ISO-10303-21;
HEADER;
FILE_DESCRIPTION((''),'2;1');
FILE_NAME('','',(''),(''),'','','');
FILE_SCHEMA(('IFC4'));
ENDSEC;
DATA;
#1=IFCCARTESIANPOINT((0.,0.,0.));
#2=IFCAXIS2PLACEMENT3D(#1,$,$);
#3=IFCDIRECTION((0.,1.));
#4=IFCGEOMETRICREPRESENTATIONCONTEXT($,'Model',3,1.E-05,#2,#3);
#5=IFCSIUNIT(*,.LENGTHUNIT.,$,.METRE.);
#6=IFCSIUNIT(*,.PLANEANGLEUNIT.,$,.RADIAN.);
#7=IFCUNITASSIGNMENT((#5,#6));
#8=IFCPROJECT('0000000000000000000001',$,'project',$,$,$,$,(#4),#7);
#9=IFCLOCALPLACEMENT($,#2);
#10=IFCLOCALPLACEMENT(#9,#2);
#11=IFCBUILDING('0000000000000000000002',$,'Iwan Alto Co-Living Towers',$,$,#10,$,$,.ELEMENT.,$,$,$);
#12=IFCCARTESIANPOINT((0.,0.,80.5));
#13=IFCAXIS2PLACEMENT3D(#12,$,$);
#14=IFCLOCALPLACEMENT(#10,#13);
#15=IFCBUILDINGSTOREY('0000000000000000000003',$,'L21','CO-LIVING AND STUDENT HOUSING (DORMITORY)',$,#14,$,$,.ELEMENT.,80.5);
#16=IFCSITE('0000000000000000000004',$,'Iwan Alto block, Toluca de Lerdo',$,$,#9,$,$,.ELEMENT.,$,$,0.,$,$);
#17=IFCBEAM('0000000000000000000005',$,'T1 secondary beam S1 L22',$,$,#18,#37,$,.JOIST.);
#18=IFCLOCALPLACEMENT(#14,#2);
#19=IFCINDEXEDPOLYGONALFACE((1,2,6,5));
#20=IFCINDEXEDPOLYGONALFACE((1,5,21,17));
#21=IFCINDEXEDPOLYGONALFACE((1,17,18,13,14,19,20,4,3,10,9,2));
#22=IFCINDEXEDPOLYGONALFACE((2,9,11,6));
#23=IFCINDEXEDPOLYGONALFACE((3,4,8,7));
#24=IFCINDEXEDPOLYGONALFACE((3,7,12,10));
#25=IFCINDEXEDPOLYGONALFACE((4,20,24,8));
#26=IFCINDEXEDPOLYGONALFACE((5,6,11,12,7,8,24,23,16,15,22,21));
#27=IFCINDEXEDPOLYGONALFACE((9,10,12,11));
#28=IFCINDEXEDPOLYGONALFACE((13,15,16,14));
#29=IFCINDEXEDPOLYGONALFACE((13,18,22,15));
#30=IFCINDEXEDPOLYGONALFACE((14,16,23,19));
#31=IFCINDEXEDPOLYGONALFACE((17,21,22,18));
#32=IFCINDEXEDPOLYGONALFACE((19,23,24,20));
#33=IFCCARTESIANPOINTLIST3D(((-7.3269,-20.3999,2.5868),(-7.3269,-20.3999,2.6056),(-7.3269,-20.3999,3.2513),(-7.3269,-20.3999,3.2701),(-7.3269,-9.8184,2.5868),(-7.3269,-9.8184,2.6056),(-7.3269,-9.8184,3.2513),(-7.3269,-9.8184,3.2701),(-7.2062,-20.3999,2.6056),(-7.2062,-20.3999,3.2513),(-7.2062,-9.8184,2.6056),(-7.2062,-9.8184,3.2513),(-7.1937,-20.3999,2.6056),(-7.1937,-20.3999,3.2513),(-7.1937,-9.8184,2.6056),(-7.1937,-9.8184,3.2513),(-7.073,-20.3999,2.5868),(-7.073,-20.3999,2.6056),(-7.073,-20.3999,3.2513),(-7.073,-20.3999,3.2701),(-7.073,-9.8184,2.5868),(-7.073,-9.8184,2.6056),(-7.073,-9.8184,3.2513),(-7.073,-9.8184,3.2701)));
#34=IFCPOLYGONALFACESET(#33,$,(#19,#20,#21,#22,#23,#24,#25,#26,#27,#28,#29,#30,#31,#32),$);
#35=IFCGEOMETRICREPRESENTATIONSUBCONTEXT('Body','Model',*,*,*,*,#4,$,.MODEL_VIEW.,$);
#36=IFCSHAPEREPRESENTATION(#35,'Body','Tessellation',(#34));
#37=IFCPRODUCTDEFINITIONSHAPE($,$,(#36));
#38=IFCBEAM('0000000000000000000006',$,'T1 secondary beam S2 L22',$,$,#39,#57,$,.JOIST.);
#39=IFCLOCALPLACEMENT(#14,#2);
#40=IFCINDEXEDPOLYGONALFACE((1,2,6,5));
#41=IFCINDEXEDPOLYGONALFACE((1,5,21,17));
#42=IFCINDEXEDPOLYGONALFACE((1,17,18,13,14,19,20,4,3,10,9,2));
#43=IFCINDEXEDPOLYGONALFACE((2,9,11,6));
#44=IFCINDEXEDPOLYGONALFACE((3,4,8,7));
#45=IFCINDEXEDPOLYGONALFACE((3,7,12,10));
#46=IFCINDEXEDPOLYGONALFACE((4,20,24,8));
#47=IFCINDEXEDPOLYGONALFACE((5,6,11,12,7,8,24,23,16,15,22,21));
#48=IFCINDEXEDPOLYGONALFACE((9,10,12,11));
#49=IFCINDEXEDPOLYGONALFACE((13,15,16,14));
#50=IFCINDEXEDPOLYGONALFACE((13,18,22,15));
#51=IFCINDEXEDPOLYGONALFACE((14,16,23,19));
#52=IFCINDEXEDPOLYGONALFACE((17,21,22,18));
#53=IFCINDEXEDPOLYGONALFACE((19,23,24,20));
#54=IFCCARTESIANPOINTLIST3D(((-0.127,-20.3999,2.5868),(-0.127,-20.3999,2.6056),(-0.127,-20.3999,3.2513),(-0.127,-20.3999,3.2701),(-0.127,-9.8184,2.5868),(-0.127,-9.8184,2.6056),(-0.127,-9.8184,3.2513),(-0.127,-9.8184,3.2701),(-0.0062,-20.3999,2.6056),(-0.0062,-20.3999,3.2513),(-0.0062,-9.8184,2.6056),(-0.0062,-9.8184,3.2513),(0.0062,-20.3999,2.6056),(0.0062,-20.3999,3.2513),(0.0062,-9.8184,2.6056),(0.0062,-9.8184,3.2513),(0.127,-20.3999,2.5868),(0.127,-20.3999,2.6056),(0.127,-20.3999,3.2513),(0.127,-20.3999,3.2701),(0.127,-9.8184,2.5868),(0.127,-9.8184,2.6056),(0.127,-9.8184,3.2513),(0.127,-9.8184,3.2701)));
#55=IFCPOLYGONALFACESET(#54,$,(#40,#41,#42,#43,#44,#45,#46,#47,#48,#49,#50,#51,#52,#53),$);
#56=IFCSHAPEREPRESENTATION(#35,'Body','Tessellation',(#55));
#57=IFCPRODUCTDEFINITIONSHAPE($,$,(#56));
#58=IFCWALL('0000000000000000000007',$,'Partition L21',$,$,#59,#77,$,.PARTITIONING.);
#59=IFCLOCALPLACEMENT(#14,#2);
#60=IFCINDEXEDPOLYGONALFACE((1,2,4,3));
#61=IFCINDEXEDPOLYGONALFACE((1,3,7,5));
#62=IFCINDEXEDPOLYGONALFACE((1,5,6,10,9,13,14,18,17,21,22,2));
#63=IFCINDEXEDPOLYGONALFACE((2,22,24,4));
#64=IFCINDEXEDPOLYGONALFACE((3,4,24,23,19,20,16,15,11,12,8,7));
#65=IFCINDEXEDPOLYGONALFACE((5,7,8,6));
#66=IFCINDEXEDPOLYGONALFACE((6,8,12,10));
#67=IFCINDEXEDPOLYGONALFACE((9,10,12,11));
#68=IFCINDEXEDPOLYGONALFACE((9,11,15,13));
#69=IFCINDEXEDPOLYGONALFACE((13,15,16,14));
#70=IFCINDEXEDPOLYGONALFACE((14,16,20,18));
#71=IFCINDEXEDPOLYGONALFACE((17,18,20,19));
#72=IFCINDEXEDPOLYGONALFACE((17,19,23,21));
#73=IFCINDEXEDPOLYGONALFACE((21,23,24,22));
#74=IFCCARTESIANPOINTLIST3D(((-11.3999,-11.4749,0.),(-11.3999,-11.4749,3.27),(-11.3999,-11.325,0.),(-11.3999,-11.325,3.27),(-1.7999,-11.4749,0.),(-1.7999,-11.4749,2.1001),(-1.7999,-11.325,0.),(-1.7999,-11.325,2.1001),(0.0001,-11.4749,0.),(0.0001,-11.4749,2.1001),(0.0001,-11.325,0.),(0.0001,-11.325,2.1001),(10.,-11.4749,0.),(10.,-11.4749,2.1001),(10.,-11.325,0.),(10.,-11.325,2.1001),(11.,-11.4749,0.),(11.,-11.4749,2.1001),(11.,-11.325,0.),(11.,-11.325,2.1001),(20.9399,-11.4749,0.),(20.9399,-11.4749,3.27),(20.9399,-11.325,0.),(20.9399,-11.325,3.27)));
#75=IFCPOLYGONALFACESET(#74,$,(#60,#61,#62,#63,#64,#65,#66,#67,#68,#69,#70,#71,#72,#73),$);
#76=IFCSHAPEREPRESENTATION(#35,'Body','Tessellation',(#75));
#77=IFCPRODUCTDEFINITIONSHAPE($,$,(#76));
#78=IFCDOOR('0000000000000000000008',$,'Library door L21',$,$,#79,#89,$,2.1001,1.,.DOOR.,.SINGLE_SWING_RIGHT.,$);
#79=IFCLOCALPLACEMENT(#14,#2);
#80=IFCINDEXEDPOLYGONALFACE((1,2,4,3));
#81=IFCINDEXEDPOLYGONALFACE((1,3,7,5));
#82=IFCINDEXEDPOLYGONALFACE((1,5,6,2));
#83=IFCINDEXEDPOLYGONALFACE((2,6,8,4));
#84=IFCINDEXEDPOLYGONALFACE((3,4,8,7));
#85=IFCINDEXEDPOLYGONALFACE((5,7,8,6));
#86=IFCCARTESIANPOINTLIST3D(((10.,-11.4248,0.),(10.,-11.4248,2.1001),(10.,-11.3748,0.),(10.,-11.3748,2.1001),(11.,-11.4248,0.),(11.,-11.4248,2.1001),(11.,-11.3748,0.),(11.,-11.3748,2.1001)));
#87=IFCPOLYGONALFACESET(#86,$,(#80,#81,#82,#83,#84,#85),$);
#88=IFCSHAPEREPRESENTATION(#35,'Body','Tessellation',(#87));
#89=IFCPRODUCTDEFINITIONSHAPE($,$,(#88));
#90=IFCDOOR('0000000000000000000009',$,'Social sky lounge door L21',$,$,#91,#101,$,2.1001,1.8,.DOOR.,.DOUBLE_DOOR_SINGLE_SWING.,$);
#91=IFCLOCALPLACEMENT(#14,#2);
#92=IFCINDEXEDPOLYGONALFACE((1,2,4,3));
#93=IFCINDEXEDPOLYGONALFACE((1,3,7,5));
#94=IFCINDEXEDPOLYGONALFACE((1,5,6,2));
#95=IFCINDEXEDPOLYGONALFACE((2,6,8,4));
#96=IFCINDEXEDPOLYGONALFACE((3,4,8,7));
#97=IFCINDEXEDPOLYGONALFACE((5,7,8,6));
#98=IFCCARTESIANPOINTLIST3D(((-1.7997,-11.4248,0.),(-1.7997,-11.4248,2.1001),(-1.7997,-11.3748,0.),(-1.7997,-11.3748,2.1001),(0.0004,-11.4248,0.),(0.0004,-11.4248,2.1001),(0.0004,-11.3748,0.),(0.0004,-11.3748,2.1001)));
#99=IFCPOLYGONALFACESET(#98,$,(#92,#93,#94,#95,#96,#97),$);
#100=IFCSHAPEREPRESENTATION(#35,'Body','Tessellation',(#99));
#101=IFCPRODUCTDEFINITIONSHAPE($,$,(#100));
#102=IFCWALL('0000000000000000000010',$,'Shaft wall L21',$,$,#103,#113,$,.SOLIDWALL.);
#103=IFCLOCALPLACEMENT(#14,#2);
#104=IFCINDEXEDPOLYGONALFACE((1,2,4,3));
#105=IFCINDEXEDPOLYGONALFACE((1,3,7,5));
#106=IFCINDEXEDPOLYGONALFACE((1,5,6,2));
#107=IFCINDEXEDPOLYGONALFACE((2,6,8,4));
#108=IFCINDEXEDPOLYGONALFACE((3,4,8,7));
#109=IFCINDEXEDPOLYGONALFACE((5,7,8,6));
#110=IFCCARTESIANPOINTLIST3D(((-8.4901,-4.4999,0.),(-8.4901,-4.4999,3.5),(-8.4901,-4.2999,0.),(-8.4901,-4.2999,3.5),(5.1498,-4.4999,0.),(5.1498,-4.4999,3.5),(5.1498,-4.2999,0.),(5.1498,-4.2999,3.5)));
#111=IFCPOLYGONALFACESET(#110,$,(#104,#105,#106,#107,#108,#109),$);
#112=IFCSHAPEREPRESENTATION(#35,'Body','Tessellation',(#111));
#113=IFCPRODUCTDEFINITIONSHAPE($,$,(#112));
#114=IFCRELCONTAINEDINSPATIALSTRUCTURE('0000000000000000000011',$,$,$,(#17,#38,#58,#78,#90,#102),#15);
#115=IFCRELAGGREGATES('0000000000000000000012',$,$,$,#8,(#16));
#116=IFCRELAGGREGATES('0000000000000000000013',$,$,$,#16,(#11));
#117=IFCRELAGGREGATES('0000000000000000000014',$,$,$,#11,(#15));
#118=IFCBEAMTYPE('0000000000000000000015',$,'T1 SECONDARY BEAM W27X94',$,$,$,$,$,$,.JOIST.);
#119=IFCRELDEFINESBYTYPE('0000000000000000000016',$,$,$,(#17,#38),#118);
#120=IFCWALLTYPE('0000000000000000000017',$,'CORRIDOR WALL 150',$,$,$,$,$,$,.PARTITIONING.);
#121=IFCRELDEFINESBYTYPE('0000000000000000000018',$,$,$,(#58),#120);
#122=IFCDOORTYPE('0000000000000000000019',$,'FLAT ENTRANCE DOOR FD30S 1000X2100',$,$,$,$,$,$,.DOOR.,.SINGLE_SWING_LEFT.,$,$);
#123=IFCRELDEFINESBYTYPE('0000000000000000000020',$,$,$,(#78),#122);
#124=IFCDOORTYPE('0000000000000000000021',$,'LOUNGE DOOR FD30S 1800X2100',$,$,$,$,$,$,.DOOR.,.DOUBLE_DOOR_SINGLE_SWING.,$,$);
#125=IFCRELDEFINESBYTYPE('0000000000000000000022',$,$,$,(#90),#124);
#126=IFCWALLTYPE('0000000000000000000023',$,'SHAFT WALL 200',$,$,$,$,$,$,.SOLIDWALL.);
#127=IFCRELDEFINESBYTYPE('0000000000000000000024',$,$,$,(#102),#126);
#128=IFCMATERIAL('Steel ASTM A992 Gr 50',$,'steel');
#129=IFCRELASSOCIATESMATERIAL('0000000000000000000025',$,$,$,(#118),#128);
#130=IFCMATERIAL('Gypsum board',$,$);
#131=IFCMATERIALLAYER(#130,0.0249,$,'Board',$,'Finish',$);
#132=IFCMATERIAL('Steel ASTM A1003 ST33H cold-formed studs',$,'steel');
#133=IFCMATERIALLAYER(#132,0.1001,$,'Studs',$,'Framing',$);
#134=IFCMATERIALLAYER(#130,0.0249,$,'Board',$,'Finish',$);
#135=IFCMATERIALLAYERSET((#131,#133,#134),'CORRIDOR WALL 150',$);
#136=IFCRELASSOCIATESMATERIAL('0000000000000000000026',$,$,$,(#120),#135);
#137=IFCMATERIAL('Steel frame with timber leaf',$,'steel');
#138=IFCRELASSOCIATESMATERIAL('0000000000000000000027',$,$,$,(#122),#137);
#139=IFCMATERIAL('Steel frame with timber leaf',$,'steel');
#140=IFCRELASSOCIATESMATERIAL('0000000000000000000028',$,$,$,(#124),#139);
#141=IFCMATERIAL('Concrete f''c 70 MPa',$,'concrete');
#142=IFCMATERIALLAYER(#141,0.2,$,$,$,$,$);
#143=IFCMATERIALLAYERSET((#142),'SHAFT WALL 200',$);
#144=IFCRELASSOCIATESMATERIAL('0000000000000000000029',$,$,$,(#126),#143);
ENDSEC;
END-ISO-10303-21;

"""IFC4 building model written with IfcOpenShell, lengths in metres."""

from ifc_helpers import new_model, si_unit, direction, frame, frame_2d, origin, origin_2d, place, context, subcontext, project, spatial, rectangle, i_section, extrude, material, layer, layer_set, material_profile, profile_set, type_object, element, fill, save


model = new_model("IFC4")

# Units and contexts
model_context = context("Model", 3, precision=1e-05, world=origin(), true_north=direction((0.0, 1.0)))
body_context = subcontext(model_context, "Body", "Model", "MODEL_VIEW")
ifc_project = project(units=[si_unit("LENGTHUNIT", "METRE"), si_unit("PLANEANGLEUNIT", "RADIAN")], contexts=[model_context])

# Site, building, storey
site_placement = place(None, origin())
site = spatial("IfcSite", under=ifc_project, at=site_placement, Name="Iwan Alto block, Toluca de Lerdo", CompositionType="ELEMENT", RefElevation=0.0)
building_placement = place(site_placement, origin())
building = spatial("IfcBuilding", under=site, at=building_placement, Name="Iwan Alto Co-Living Towers", CompositionType="ELEMENT")
storey_placement = place(building_placement, frame((0.0, 0.0, 80.5)))
storey = spatial("IfcBuildingStorey", under=building, at=storey_placement, Name="L21", Description="CO-LIVING AND STUDENT HOUSING (DORMITORY)", CompositionType="ELEMENT", Elevation=80.5)

# Beams
ifc_material_1 = material(Name="Steel ASTM A992 Gr 50", Category="steel")
ifc_material_profile_1 = material_profile(ifc_material_1, i_section(OverallWidth=0.2539, OverallDepth=0.6833, WebThickness=0.0125, FlangeThickness=0.0188, at=origin_2d()), Name="W27X94")
ifc_profile_set_1 = profile_set([ifc_material_profile_1], Name="Steel ASTM A992 Gr 50")
beam_type_1 = type_object("IfcBeamType", Name="T1 SECONDARY BEAM W27X94", PredefinedType="JOIST", material=ifc_profile_set_1)
for number, where, z_axis, x_axis, name in (
    (1, (-7.2, -20.3999, 2.9285), (0.0, 1.0, 0.0), (-1.0, 0.0, 0.0), "T1 secondary beam S1 L22"),
    (2, (0.0, -20.3999, 2.9285), (0.0, 1.0, 0.0), (-1.0, 0.0, 0.0), "T1 secondary beam S2 L22"),
):
    element("IfcBeam", number, at=place(storey_placement, frame(where, z_axis=z_axis, x_axis=x_axis)), inside=storey, type_object=beam_type_1, Name=name, PredefinedType="JOIST", context=body_context, shape_type="SweptSolid", body=[
        extrude(i_section(OverallWidth=0.2539, OverallDepth=0.6833, WebThickness=0.0125, FlangeThickness=0.0188, at=origin_2d()), origin(), (0.0, 0.0, 1.0), 10.5815),
    ])

# Wall, openings, doors
ifc_material_2 = material(Name="Gypsum board")
ifc_layer_1 = layer(ifc_material_2, 0.0249, Name="Board", Category="Finish")
ifc_material_3 = material(Name="Steel ASTM A1003 ST33H cold-formed studs", Category="steel")
ifc_layer_2 = layer(ifc_material_3, 0.1001, Name="Studs", Category="Framing")
ifc_layer_3 = layer(ifc_material_2, 0.0249, Name="Board", Category="Finish")
ifc_layer_set_1 = layer_set([ifc_layer_1, ifc_layer_2, ifc_layer_3], Name="CORRIDOR WALL 150")
wall_type_1 = type_object("IfcWallType", Name="CORRIDOR WALL 150", PredefinedType="PARTITIONING", material=ifc_layer_set_1)
wall_1_placement = place(storey_placement, frame((-11.3999, -11.3999, 0.0), z_axis=(0.0, 0.0, 1.0), x_axis=(1.0, 0.0, 0.0)))
wall_1 = element("IfcWall", 3, at=wall_1_placement, inside=storey, type_object=wall_type_1, Name="Partition L21", PredefinedType="PARTITIONING", context=body_context, shape_type="SweptSolid", body=[
    extrude(rectangle(XDim=32.3398, YDim=0.1499, at=frame_2d((16.1699, 0.0))), origin(), (0.0, 0.0, 1.0), 3.27),
])
opening_1_placement = place(wall_1_placement, frame((9.6001, 0.0, 0.0)))
opening_1 = element("IfcOpeningElement", 4, at=opening_1_placement, cuts=wall_1, PredefinedType="OPENING", context=body_context, shape_type="SweptSolid", body=[
    extrude(rectangle(XDim=1.8, YDim=2.1001, at=frame_2d((0.8999, 1.05))), frame((0.0, 0.085, 0.0), z_axis=(0.0, -1.0, 0.0), x_axis=(1.0, 0.0, 0.0)), (0.0, 0.0, 1.0), 0.1699),
])
opening_2_placement = place(wall_1_placement, frame((21.3999, 0.0, 0.0)))
opening_2 = element("IfcOpeningElement", 5, at=opening_2_placement, cuts=wall_1, PredefinedType="OPENING", context=body_context, shape_type="SweptSolid", body=[
    extrude(rectangle(XDim=1.0, YDim=2.1001, at=frame_2d((0.5, 1.05))), frame((0.0, 0.085, 0.0), z_axis=(0.0, -1.0, 0.0), x_axis=(1.0, 0.0, 0.0)), (0.0, 0.0, 1.0), 0.1699),
])
ifc_material_4 = material(Name="Steel frame with timber leaf", Category="steel")
door_type_1 = type_object("IfcDoorType", Name="FLAT ENTRANCE DOOR FD30S 1000X2100", OperationType="SINGLE_SWING_LEFT", PredefinedType="DOOR", material=ifc_material_4)
door_1_placement = place(opening_2_placement, frame((1.0, 0.0, 0.0), z_axis=(0.0, 0.0, 1.0), x_axis=(-1.0, 0.0, 0.0)))
door_1 = element("IfcDoor", 6, at=door_1_placement, inside=storey, type_object=door_type_1, Name="Library door L21", OperationType="SINGLE_SWING_RIGHT", OverallHeight=2.1001, OverallWidth=1.0, PredefinedType="DOOR", context=body_context, shape_type="SweptSolid", body=[
    extrude(rectangle(XDim=1.0, YDim=2.1001, at=frame_2d((0.5, 1.05))), frame((0.0, 0.0249, 0.0), z_axis=(0.0, -1.0, 0.0), x_axis=(1.0, 0.0, 0.0)), (0.0, 0.0, 1.0), 0.05),
])
fill(opening_2, door_1)
ifc_material_5 = material(Name="Steel frame with timber leaf", Category="steel")
door_type_2 = type_object("IfcDoorType", Name="LOUNGE DOOR FD30S 1800X2100", OperationType="DOUBLE_DOOR_SINGLE_SWING", PredefinedType="DOOR", material=ifc_material_5)
door_2_placement = place(opening_1_placement, frame((1.8, 0.0, 0.0), z_axis=(0.0, 0.0, 1.0), x_axis=(-1.0, 0.0, 0.0)))
door_2 = element("IfcDoor", 7, at=door_2_placement, inside=storey, type_object=door_type_2, Name="Social sky lounge door L21", OperationType="DOUBLE_DOOR_SINGLE_SWING", OverallHeight=2.1001, OverallWidth=1.8, PredefinedType="DOOR", context=body_context, shape_type="SweptSolid", body=[
    extrude(rectangle(XDim=1.8, YDim=2.1001, at=frame_2d((0.8999, 1.05))), frame((0.0, 0.0249, 0.0), z_axis=(0.0, -1.0, 0.0), x_axis=(1.0, 0.0, 0.0)), (0.0, 0.0, 1.0), 0.05),
])
fill(opening_1, door_2)

# Wall
ifc_material_6 = material(Name="Concrete f'c 70 MPa", Category="concrete")
ifc_layer_4 = layer(ifc_material_6, 0.2)
ifc_layer_set_2 = layer_set([ifc_layer_4], Name="SHAFT WALL 200")
wall_type_2 = type_object("IfcWallType", Name="SHAFT WALL 200", PredefinedType="SOLIDWALL", material=ifc_layer_set_2)
wall_2_placement = place(storey_placement, frame((-8.49, -4.3999, 0.0), z_axis=(0.0, 0.0, 1.0), x_axis=(1.0, 0.0, 0.0)))
element("IfcWall", 8, at=wall_2_placement, inside=storey, type_object=wall_type_2, Name="Shaft wall L21", PredefinedType="SOLIDWALL", context=body_context, shape_type="SweptSolid", body=[
    extrude(rectangle(XDim=13.6399, YDim=0.2, at=frame_2d((6.8198, 0.0))), origin(), (0.0, 0.0, 1.0), 3.5),
])

save(model, "model.ifc")
